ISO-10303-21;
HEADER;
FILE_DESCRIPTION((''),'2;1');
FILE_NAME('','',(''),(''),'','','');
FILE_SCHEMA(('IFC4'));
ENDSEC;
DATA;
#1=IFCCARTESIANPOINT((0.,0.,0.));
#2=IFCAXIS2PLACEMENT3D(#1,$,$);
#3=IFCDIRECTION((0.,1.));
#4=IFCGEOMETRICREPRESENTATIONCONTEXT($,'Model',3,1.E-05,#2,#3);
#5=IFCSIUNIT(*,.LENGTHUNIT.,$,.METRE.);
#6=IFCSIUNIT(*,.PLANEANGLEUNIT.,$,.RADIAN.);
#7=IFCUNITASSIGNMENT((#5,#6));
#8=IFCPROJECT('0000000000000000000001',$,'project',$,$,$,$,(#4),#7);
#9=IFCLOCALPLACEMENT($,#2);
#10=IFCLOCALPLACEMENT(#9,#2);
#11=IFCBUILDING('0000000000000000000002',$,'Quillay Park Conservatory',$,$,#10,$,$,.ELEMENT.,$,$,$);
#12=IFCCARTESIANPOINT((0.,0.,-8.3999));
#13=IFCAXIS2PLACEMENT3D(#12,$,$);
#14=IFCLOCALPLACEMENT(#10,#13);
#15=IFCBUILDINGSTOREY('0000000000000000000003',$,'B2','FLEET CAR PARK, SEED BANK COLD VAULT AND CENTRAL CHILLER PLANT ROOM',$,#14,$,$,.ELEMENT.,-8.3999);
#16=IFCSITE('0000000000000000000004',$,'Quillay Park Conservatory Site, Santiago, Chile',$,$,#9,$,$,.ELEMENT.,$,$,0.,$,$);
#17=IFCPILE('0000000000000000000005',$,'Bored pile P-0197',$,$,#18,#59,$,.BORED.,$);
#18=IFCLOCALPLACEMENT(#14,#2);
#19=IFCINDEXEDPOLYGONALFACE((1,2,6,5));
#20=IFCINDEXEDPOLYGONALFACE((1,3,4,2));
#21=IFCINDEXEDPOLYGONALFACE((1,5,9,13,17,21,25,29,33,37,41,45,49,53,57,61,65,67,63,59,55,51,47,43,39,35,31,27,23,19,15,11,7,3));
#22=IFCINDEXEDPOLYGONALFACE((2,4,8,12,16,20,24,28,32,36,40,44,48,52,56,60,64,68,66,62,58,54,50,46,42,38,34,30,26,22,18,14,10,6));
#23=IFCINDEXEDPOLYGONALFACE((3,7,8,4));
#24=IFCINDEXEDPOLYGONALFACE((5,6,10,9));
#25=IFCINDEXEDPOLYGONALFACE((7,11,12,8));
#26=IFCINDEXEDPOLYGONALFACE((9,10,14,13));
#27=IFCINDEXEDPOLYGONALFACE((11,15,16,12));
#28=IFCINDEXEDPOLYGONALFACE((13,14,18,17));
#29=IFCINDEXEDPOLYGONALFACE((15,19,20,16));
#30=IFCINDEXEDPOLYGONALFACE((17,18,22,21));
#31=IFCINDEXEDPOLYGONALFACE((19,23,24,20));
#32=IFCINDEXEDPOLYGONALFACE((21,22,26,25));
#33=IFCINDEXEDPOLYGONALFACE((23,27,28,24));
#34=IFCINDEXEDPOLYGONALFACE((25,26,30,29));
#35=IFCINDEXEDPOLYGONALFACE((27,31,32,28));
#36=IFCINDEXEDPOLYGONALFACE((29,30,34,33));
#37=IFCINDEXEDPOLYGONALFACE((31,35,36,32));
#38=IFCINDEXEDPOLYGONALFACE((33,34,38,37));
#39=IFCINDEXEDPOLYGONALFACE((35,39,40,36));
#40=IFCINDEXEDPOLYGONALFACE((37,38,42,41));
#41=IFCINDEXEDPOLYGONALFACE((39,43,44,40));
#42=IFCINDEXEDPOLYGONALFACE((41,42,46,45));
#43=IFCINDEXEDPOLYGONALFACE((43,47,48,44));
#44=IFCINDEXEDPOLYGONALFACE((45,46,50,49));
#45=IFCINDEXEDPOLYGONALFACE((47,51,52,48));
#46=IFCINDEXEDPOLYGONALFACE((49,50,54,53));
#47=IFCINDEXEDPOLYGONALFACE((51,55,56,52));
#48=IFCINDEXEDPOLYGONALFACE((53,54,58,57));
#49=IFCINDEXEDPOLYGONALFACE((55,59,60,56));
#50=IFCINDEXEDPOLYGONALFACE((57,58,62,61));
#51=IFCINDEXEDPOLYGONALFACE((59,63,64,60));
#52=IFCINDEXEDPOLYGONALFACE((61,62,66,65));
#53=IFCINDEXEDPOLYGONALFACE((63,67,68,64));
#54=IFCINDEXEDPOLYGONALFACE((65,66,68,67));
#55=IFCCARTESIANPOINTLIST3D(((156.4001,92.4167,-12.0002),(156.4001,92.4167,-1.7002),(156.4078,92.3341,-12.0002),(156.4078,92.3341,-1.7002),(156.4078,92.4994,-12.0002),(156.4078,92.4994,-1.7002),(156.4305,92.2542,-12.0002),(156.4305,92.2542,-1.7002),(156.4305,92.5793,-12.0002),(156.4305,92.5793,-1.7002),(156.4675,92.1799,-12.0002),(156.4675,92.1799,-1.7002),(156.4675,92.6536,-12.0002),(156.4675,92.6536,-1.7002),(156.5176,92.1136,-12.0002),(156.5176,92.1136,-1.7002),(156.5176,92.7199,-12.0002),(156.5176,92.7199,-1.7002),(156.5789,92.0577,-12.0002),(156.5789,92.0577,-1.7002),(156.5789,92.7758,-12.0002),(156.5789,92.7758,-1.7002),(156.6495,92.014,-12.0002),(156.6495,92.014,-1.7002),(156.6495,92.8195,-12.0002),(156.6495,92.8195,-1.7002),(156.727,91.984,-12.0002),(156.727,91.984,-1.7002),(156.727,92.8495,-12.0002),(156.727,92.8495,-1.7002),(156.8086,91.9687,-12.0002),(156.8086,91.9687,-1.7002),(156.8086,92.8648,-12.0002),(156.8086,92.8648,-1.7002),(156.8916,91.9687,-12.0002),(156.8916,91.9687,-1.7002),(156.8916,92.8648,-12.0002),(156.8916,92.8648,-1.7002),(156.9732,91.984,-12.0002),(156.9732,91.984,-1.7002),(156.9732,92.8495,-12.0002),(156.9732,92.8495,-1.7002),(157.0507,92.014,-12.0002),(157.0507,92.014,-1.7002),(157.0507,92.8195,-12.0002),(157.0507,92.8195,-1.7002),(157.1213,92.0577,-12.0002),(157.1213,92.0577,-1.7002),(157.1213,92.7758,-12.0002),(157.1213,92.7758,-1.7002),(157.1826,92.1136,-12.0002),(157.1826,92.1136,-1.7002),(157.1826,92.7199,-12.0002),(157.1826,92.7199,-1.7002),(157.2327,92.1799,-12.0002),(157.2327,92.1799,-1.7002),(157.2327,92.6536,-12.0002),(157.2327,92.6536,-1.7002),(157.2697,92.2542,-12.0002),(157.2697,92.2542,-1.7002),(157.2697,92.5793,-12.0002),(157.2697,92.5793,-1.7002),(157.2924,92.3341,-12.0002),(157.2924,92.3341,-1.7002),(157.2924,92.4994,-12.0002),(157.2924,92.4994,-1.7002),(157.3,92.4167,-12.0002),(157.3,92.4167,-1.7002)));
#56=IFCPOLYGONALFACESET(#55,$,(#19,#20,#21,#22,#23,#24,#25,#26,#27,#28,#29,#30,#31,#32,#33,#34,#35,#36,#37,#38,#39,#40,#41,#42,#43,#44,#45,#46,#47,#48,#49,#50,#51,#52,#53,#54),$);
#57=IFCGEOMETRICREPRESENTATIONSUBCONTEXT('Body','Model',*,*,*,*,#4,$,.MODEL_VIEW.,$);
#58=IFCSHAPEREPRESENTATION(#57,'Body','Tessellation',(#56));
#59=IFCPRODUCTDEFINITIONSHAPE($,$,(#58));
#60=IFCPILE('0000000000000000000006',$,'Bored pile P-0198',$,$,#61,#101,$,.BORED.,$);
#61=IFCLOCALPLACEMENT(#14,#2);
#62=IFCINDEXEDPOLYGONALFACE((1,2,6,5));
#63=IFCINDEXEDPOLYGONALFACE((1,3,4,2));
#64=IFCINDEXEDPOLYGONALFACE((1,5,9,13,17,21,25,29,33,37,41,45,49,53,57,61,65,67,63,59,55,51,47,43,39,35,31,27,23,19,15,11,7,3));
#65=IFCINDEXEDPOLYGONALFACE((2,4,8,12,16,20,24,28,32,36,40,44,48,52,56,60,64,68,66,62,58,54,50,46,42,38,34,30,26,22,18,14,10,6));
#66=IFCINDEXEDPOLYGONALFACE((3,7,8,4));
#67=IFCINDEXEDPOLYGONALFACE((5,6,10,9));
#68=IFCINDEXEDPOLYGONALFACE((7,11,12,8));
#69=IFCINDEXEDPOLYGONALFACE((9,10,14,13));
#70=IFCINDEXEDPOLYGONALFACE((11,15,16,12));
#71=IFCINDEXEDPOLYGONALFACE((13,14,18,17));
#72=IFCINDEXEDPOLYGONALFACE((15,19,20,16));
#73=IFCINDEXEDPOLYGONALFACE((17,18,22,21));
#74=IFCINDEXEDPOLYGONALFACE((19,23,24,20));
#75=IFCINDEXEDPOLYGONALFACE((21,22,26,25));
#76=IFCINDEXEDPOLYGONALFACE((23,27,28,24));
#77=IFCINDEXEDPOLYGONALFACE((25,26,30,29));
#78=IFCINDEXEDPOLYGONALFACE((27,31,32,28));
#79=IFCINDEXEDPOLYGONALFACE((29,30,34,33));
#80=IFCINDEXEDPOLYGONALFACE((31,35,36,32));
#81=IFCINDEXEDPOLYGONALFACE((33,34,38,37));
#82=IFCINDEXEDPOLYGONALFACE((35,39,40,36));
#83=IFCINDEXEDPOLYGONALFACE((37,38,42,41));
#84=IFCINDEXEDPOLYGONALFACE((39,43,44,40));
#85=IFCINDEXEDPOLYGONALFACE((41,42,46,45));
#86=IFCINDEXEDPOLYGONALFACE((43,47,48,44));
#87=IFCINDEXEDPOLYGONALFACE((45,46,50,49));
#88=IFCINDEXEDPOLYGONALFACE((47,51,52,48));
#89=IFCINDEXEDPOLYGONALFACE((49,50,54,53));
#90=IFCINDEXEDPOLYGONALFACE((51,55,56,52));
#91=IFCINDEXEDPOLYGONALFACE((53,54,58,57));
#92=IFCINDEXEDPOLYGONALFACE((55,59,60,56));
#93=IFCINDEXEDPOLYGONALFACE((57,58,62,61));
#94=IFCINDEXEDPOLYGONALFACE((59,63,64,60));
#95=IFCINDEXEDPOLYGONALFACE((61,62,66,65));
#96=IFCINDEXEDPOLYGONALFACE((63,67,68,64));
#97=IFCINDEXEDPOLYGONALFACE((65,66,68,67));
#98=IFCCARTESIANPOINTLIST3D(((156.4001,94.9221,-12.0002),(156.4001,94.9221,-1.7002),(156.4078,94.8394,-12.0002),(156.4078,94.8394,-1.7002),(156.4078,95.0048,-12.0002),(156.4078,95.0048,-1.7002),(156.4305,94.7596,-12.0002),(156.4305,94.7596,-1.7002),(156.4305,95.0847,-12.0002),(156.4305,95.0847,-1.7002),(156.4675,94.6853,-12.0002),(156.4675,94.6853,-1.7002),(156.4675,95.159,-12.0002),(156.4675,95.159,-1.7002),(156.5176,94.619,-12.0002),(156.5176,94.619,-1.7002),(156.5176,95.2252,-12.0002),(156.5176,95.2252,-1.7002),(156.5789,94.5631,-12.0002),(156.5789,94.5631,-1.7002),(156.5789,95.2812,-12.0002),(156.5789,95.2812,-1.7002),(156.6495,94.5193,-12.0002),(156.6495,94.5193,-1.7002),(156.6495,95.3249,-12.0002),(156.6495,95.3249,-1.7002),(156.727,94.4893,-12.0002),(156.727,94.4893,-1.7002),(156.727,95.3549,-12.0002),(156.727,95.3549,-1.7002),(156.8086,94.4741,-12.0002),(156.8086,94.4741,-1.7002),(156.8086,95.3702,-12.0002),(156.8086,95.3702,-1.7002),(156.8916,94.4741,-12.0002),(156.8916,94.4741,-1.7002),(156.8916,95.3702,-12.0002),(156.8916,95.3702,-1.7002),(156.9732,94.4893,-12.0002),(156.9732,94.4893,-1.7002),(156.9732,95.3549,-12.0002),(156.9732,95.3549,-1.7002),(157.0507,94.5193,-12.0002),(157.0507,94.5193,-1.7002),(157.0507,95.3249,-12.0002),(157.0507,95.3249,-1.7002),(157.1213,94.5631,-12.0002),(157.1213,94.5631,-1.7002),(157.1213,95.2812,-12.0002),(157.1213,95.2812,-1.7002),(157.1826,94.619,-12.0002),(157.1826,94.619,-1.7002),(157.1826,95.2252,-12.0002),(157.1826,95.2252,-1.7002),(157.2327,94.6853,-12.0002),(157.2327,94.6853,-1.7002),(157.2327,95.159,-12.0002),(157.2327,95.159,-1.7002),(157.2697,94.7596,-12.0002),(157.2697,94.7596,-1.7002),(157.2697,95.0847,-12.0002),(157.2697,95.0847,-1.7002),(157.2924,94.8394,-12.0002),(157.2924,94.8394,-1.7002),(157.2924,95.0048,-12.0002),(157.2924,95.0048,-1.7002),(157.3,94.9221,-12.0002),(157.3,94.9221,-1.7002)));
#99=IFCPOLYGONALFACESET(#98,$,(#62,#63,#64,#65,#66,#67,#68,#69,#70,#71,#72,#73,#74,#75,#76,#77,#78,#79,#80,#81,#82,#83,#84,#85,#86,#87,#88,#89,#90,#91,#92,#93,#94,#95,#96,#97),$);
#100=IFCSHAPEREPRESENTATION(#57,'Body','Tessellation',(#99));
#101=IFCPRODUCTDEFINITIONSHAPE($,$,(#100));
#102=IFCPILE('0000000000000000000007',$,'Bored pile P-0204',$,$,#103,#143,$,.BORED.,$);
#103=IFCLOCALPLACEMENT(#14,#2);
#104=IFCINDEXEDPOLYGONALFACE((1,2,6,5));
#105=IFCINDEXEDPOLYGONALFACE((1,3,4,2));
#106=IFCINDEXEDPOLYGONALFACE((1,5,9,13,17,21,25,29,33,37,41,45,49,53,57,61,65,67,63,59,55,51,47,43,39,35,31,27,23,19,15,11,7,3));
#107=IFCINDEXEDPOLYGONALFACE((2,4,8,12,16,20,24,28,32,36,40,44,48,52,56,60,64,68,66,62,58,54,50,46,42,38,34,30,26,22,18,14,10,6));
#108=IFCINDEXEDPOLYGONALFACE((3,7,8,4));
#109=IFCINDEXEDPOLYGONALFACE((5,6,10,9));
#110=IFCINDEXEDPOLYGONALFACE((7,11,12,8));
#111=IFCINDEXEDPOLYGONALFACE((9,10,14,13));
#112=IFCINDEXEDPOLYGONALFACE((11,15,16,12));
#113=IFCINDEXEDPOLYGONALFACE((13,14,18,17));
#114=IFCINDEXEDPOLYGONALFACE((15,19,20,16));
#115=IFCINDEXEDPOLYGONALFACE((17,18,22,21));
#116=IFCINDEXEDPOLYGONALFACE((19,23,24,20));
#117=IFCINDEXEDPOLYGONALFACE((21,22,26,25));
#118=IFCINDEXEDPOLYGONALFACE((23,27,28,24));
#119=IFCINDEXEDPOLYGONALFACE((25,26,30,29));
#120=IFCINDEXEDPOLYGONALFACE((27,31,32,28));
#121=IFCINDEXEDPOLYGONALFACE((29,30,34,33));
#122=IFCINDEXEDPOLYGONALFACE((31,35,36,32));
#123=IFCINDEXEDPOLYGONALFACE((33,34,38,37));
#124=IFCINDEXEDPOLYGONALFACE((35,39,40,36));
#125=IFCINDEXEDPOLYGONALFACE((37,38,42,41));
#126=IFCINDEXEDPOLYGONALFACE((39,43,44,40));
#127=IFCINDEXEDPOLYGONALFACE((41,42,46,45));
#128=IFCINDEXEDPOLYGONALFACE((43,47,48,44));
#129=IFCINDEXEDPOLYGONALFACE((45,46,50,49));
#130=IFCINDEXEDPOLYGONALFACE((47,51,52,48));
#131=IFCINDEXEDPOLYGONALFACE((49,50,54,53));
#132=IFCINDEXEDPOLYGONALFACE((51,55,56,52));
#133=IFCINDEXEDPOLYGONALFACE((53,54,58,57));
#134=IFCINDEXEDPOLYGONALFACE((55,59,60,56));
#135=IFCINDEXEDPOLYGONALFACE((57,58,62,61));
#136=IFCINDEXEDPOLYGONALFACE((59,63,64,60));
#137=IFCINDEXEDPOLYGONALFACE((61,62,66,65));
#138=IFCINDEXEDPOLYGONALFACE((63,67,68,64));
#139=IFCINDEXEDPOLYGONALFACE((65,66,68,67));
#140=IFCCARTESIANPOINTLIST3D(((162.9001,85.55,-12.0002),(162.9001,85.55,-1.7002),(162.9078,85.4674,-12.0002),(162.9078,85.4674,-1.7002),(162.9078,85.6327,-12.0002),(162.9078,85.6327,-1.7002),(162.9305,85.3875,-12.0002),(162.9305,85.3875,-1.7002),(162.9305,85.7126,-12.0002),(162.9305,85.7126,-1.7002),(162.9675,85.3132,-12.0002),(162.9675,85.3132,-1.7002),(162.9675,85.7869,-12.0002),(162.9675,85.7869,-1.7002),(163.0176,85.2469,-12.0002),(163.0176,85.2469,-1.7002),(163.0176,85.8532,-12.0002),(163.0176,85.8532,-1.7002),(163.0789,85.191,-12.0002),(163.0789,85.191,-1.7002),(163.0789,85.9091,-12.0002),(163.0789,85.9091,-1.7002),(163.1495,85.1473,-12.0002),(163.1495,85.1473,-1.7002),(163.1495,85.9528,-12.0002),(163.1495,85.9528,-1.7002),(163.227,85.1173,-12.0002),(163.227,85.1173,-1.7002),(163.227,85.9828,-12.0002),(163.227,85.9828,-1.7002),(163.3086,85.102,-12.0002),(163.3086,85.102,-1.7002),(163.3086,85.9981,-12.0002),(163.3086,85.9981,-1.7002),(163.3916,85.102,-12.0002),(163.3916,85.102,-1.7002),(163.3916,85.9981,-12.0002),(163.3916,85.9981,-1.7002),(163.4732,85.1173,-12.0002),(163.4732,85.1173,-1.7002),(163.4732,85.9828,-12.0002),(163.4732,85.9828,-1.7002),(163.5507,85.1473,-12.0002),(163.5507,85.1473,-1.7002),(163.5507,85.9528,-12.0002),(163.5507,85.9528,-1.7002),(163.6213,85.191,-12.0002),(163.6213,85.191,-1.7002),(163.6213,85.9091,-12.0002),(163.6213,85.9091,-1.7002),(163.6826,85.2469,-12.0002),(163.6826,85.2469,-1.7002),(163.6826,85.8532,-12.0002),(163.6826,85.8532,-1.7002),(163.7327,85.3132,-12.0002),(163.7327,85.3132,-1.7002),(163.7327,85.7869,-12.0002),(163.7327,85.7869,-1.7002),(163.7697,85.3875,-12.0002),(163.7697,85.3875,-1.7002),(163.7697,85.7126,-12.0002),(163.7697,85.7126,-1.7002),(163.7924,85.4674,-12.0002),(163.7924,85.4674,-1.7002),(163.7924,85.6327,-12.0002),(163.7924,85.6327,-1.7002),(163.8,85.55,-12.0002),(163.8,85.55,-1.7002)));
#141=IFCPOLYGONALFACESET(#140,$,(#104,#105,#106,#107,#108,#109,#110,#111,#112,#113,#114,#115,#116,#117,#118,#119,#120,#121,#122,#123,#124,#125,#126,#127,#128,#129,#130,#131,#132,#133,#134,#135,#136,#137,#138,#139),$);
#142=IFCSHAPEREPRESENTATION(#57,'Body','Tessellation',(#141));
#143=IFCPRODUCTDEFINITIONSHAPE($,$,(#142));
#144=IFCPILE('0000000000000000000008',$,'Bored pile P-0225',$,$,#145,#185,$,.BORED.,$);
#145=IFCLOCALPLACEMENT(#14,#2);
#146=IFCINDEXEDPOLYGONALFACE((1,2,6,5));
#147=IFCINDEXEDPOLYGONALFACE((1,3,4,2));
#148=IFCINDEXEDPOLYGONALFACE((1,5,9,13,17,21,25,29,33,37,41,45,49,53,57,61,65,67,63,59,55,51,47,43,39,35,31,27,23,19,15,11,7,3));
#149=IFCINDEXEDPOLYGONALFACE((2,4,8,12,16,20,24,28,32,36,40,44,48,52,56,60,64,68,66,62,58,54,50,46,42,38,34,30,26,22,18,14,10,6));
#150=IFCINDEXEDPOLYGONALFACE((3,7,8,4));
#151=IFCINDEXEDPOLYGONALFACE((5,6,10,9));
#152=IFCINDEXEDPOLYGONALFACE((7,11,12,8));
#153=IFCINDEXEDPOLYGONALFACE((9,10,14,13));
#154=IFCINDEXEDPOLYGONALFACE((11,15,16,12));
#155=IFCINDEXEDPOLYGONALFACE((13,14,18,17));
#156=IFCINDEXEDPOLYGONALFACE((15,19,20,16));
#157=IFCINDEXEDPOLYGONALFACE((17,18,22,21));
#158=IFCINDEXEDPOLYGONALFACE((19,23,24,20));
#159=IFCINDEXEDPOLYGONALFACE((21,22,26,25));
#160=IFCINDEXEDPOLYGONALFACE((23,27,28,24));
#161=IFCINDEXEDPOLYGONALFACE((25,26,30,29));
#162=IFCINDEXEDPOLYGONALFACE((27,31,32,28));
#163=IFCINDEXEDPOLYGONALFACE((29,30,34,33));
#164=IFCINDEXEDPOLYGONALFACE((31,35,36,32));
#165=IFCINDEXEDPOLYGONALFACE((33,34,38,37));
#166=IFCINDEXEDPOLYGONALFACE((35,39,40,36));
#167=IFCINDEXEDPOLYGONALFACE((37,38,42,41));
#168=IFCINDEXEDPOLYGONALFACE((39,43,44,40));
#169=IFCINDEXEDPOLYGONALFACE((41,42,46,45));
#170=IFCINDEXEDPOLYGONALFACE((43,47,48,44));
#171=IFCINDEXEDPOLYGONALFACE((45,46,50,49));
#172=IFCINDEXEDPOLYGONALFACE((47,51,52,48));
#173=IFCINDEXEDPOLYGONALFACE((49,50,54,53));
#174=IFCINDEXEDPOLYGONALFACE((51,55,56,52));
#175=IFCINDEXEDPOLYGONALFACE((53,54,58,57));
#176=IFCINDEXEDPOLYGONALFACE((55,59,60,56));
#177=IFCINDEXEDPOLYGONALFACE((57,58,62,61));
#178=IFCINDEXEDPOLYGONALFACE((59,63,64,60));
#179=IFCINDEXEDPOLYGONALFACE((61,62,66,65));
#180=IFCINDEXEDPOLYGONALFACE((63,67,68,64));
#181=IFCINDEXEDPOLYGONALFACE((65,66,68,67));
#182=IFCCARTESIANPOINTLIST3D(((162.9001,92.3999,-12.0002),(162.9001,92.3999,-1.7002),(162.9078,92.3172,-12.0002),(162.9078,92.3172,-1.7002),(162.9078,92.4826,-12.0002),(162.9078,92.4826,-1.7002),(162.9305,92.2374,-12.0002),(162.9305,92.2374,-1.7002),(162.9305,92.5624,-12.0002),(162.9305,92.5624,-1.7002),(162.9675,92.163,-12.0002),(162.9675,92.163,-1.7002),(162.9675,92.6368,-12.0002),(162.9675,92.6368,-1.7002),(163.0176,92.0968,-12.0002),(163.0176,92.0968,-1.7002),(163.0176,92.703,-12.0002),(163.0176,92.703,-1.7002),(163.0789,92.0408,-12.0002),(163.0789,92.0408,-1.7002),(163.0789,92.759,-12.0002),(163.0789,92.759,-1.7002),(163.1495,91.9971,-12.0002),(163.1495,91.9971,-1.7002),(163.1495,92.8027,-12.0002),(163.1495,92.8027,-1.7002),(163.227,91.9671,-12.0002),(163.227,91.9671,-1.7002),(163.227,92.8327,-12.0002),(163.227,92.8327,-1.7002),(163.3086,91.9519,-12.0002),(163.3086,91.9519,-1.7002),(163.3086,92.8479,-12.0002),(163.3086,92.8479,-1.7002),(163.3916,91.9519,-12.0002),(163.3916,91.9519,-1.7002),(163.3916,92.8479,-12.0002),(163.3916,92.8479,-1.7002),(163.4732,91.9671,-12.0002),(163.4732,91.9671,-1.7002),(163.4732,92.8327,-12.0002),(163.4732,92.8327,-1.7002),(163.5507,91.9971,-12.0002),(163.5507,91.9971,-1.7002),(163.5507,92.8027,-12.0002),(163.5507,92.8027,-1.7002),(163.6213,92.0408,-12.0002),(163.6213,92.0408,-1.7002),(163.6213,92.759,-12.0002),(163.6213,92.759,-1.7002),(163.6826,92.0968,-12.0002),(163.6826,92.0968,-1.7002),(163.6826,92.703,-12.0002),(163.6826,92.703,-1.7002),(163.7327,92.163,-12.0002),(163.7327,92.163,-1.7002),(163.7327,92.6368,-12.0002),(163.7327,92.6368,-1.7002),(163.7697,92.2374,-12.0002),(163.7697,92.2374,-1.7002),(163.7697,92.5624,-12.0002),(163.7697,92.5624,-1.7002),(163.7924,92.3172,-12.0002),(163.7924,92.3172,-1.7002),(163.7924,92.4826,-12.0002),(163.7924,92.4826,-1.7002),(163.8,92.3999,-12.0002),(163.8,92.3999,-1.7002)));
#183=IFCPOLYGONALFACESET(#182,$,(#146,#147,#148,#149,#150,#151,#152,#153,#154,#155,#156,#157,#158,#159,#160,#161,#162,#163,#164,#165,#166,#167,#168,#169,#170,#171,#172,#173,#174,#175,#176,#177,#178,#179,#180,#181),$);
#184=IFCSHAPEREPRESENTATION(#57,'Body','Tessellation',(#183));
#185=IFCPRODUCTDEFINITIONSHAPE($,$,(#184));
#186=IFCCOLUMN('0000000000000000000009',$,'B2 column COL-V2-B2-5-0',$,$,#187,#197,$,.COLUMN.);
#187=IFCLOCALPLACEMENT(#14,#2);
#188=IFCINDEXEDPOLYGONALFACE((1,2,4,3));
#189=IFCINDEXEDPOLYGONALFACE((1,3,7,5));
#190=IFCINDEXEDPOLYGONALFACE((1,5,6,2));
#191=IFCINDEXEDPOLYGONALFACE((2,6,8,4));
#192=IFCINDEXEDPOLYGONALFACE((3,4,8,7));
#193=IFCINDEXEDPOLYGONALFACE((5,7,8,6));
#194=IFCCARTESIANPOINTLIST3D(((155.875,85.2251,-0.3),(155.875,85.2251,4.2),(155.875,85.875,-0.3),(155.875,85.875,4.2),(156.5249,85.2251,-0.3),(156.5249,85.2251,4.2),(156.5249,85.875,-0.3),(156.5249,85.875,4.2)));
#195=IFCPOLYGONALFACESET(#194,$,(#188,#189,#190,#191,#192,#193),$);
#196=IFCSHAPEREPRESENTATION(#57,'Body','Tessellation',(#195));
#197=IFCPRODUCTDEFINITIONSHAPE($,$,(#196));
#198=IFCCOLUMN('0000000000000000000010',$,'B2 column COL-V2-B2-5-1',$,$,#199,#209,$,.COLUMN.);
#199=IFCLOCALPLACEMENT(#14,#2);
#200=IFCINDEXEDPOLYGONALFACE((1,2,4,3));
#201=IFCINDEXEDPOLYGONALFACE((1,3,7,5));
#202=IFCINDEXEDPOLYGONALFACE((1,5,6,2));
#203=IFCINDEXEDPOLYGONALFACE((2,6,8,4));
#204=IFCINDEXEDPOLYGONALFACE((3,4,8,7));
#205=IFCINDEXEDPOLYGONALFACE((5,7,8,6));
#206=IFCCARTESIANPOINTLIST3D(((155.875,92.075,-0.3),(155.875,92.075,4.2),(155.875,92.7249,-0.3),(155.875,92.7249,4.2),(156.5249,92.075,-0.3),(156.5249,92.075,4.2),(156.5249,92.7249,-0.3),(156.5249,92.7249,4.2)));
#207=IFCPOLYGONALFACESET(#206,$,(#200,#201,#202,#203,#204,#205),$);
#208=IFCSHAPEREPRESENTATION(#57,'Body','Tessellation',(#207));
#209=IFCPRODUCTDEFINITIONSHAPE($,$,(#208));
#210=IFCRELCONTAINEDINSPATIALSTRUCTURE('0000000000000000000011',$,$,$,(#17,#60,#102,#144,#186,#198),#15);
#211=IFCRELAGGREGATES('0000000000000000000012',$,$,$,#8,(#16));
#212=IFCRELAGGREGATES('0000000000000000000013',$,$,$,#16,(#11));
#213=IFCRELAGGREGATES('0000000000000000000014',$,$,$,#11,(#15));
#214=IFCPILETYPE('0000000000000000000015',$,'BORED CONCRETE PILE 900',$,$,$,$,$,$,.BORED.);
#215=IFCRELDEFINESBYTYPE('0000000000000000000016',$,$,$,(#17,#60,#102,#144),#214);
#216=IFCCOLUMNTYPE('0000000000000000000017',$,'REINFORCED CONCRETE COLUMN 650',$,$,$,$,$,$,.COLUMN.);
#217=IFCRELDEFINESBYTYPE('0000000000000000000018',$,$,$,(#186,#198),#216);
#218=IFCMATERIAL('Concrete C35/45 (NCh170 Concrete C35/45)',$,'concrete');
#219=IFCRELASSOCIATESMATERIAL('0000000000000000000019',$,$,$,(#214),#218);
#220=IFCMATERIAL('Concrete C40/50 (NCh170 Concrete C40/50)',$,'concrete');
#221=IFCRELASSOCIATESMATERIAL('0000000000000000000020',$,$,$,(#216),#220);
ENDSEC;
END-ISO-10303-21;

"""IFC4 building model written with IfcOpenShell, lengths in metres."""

from ifc_helpers import new_model, si_unit, direction, frame, origin, origin_2d, place, context, subcontext, project, spatial, rectangle, circle, extrude, material, material_profile, profile_set, type_object, element, save


model = new_model("IFC4")

# Units and contexts
model_context = context("Model", 3, precision=1e-05, world=origin(), true_north=direction((0.0, 1.0)))
body_context = subcontext(model_context, "Body", "Model", "MODEL_VIEW")
ifc_project = project(units=[si_unit("LENGTHUNIT", "METRE"), si_unit("PLANEANGLEUNIT", "RADIAN")], contexts=[model_context])

# Site, building, storey
site_placement = place(None, origin())
site = spatial("IfcSite", under=ifc_project, at=site_placement, Name="Quillay Park Conservatory Site, Santiago, Chile", CompositionType="ELEMENT", RefElevation=0.0)
building_placement = place(site_placement, origin())
building = spatial("IfcBuilding", under=site, at=building_placement, Name="Quillay Park Conservatory", CompositionType="ELEMENT")
storey_placement = place(building_placement, frame((0.0, 0.0, -8.3999)))
storey = spatial("IfcBuildingStorey", under=building, at=storey_placement, Name="B2", Description="FLEET CAR PARK, SEED BANK COLD VAULT AND CENTRAL CHILLER PLANT ROOM", CompositionType="ELEMENT", Elevation=-8.3999)

# Piles
ifc_material_1 = material(Name="Concrete C35/45 (NCh170 Concrete C35/45)", Category="concrete")
ifc_material_profile_1 = material_profile(ifc_material_1, circle(Radius=0.45, at=origin_2d()), Name="PILE900")
ifc_profile_set_1 = profile_set([ifc_material_profile_1], Name="Concrete C35/45 (NCh170 Concrete C35/45)")
pile_type = type_object("IfcPileType", Name="BORED CONCRETE PILE 900", PredefinedType="BORED", material=ifc_profile_set_1)
for number, where, z_axis, x_axis, name in (
    (1, (156.8501, 92.4167, -1.7002), (0.0, 0.0, -1.0), (1.0, 0.0, 0.0), "Bored pile P-0197"),
    (2, (156.8501, 94.9221, -1.7002), (0.0, 0.0, -1.0), (1.0, 0.0, 0.0), "Bored pile P-0198"),
    (3, (163.3501, 85.55, -1.7002), (0.0, 0.0, -1.0), (1.0, 0.0, 0.0), "Bored pile P-0204"),
    (4, (163.3501, 92.3999, -1.7002), (0.0, 0.0, -1.0), (1.0, 0.0, 0.0), "Bored pile P-0225"),
):
    element("IfcPile", number, at=place(storey_placement, frame(where, z_axis=z_axis, x_axis=x_axis)), inside=storey, type_object=pile_type, Name=name, PredefinedType="BORED", context=body_context, shape_type="SweptSolid", body=[
        extrude(circle(Radius=0.45, at=origin_2d()), origin(), (0.0, 0.0, 1.0), 10.3),
    ])

# Columns
ifc_material_2 = material(Name="Concrete C40/50 (NCh170 Concrete C40/50)", Category="concrete")
ifc_material_profile_2 = material_profile(ifc_material_2, rectangle(XDim=0.6499, YDim=0.6499, at=origin_2d()), Name="RC650x650")
ifc_profile_set_2 = profile_set([ifc_material_profile_2], Name="Concrete C40/50 (NCh170 Concrete C40/50)")
column_type = type_object("IfcColumnType", Name="REINFORCED CONCRETE COLUMN 650", PredefinedType="COLUMN", material=ifc_profile_set_2)
for number, where, z_axis, x_axis, name in (
    (5, (156.2, 85.55, -0.3), (0.0, 0.0, 1.0), (1.0, 0.0, 0.0), "B2 column COL-V2-B2-5-0"),
    (6, (156.2, 92.3999, -0.3), (0.0, 0.0, 1.0), (1.0, 0.0, 0.0), "B2 column COL-V2-B2-5-1"),
):
    element("IfcColumn", number, at=place(storey_placement, frame(where, z_axis=z_axis, x_axis=x_axis)), inside=storey, type_object=column_type, Name=name, PredefinedType="COLUMN", context=body_context, shape_type="SweptSolid", body=[
        extrude(rectangle(XDim=0.6499, YDim=0.6499, at=origin_2d()), origin(), (0.0, 0.0, 1.0), 4.5),
    ])

save(model, "model.ifc")
